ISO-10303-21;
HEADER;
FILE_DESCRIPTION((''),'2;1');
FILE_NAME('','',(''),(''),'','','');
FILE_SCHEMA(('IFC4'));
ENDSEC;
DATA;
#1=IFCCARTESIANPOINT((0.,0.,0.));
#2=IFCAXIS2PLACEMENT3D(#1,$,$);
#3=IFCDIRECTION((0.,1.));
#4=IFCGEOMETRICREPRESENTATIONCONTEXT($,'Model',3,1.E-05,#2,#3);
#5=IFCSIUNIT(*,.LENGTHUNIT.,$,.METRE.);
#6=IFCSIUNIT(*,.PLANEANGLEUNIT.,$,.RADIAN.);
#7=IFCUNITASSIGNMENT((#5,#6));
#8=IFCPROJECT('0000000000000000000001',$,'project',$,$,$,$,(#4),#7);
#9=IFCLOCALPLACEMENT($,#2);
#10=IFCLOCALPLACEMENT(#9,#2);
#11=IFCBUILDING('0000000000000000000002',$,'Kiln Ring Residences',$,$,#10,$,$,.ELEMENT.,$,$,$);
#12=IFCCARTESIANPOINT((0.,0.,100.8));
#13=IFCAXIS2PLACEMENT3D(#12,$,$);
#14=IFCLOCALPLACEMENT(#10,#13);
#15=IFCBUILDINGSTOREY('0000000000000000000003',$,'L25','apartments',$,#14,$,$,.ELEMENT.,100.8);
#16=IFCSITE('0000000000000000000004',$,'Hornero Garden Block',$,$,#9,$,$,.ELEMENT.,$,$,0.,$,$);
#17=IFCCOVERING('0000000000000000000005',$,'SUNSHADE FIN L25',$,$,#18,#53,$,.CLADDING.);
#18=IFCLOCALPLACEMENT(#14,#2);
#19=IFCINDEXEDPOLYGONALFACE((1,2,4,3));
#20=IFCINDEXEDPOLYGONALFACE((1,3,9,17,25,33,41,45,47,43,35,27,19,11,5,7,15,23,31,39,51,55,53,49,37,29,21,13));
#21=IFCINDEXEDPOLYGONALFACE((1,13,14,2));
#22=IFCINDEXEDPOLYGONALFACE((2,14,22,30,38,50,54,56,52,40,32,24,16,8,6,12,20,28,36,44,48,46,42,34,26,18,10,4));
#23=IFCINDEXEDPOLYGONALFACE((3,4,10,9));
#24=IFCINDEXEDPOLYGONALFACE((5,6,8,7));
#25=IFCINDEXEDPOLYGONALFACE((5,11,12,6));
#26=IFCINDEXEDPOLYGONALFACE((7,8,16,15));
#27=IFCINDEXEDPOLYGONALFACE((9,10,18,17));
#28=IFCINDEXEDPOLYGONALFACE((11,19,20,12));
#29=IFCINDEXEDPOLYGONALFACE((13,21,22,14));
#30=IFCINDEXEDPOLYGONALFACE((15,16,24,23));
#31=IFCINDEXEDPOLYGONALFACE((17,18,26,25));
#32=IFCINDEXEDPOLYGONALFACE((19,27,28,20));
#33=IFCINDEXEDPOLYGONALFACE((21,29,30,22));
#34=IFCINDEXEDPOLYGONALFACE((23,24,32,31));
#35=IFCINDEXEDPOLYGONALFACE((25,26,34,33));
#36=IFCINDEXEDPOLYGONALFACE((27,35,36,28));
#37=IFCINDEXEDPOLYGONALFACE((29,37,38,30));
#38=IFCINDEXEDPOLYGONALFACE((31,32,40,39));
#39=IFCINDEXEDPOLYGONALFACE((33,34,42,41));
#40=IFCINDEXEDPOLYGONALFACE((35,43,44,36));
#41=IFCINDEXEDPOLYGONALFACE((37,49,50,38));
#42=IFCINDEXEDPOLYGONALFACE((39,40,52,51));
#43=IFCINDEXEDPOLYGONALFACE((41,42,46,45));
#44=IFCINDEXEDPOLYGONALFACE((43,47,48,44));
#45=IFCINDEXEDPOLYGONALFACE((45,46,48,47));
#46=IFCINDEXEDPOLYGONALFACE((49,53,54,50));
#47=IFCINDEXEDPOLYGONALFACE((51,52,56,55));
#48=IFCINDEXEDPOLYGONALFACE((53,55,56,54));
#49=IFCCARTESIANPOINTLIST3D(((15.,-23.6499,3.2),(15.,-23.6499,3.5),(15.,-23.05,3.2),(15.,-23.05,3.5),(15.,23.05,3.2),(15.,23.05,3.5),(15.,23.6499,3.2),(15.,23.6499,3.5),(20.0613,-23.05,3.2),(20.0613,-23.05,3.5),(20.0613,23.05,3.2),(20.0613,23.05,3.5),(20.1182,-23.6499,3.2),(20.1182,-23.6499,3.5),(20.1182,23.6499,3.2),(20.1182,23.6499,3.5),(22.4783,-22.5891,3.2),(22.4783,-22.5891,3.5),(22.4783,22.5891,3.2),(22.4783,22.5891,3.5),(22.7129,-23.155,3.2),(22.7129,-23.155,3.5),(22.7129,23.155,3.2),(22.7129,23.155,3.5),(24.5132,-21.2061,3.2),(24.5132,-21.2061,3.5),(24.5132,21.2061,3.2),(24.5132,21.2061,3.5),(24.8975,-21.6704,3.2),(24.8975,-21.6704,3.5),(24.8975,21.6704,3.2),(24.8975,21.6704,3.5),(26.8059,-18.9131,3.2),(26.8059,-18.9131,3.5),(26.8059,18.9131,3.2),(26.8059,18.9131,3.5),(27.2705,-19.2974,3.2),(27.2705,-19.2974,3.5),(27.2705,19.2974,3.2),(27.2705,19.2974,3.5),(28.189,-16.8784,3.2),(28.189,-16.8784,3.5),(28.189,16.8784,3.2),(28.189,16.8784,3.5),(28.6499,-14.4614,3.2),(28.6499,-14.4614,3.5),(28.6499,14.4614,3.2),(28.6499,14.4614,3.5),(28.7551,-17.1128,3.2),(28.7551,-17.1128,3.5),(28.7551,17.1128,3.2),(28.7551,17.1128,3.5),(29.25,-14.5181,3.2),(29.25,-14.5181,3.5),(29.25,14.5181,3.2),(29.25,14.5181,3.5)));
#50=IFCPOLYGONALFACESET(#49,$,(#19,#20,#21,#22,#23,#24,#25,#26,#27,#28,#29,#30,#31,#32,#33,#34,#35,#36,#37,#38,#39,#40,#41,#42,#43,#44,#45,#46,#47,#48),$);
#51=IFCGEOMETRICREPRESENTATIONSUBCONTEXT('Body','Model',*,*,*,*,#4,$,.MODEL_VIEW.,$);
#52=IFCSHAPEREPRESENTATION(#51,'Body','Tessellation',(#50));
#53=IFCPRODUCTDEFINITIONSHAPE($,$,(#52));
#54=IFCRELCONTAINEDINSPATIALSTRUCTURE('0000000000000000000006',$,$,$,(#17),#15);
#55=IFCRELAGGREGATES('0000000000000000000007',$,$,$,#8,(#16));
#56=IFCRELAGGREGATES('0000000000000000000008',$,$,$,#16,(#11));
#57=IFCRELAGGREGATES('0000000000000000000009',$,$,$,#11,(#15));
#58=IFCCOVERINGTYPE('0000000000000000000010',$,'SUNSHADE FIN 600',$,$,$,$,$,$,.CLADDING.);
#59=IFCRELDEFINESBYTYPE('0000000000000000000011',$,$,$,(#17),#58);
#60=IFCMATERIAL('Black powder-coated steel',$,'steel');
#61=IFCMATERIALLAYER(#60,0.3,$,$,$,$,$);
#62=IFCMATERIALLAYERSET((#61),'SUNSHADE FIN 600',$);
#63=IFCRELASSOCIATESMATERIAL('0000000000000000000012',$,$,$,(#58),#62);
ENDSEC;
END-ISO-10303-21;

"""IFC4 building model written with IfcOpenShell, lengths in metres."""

from ifc_helpers import new_model, si_unit, direction, frame, origin, place, context, subcontext, project, spatial, polyline, outline, extrude, material, layer, layer_set, type_object, element, save


model = new_model("IFC4")

# Units and contexts
model_context = context("Model", 3, precision=1e-05, world=origin(), true_north=direction((0.0, 1.0)))
body_context = subcontext(model_context, "Body", "Model", "MODEL_VIEW")
ifc_project = project(units=[si_unit("LENGTHUNIT", "METRE"), si_unit("PLANEANGLEUNIT", "RADIAN")], contexts=[model_context])

# Site, building, storey
site_placement = place(None, origin())
site = spatial("IfcSite", under=ifc_project, at=site_placement, Name="Hornero Garden Block", CompositionType="ELEMENT", RefElevation=0.0)
building_placement = place(site_placement, origin())
building = spatial("IfcBuilding", under=site, at=building_placement, Name="Kiln Ring Residences", CompositionType="ELEMENT")
storey_placement = place(building_placement, frame((0.0, 0.0, 100.8)))
storey = spatial("IfcBuildingStorey", under=building, at=storey_placement, Name="L25", Description="apartments", CompositionType="ELEMENT", Elevation=100.8)

# Covering
placement = place(storey_placement, frame((0.0, 0.0, 3.2)))
ifc_material_1 = material(Name="Black powder-coated steel", Category="steel")
ifc_layer_1 = layer(ifc_material_1, 0.3)
ifc_layer_set_1 = layer_set([ifc_layer_1], Name="SUNSHADE FIN 600")
covering_type_1 = type_object("IfcCoveringType", Name="SUNSHADE FIN 600", PredefinedType="CLADDING", material=ifc_layer_set_1)
element("IfcCovering", 1, at=placement, inside=storey, type_object=covering_type_1, Name="SUNSHADE FIN L25", PredefinedType="CLADDING", context=body_context, shape_type="SweptSolid", body=[
    extrude(outline(polyline([(20.1182, 23.6499), (15.0, 23.6499), (15.0, 23.05), (20.0613, 23.05), (22.4783, 22.5891), (24.5132, 21.2061), (26.8059, 18.9131), (28.189, 16.8784), (28.6499, 14.4614), (28.6499, -14.4614), (28.189, -16.8784), (26.8059, -18.9131), (24.5132, -21.2061), (22.4783, -22.5891), (20.0613, -23.05), (15.0, -23.05), (15.0, -23.6499), (20.1182, -23.6499), (22.7129, -23.155), (24.8975, -21.6704), (27.2705, -19.2974), (28.7551, -17.1128), (29.25, -14.5181), (29.25, 14.5181), (28.7551, 17.1128), (27.2705, 19.2974), (24.8975, 21.6704), (22.7129, 23.155), (20.1182, 23.6499)])), origin(), (0.0, 0.0, 1.0), 0.3),
])

save(model, "model.ifc")
